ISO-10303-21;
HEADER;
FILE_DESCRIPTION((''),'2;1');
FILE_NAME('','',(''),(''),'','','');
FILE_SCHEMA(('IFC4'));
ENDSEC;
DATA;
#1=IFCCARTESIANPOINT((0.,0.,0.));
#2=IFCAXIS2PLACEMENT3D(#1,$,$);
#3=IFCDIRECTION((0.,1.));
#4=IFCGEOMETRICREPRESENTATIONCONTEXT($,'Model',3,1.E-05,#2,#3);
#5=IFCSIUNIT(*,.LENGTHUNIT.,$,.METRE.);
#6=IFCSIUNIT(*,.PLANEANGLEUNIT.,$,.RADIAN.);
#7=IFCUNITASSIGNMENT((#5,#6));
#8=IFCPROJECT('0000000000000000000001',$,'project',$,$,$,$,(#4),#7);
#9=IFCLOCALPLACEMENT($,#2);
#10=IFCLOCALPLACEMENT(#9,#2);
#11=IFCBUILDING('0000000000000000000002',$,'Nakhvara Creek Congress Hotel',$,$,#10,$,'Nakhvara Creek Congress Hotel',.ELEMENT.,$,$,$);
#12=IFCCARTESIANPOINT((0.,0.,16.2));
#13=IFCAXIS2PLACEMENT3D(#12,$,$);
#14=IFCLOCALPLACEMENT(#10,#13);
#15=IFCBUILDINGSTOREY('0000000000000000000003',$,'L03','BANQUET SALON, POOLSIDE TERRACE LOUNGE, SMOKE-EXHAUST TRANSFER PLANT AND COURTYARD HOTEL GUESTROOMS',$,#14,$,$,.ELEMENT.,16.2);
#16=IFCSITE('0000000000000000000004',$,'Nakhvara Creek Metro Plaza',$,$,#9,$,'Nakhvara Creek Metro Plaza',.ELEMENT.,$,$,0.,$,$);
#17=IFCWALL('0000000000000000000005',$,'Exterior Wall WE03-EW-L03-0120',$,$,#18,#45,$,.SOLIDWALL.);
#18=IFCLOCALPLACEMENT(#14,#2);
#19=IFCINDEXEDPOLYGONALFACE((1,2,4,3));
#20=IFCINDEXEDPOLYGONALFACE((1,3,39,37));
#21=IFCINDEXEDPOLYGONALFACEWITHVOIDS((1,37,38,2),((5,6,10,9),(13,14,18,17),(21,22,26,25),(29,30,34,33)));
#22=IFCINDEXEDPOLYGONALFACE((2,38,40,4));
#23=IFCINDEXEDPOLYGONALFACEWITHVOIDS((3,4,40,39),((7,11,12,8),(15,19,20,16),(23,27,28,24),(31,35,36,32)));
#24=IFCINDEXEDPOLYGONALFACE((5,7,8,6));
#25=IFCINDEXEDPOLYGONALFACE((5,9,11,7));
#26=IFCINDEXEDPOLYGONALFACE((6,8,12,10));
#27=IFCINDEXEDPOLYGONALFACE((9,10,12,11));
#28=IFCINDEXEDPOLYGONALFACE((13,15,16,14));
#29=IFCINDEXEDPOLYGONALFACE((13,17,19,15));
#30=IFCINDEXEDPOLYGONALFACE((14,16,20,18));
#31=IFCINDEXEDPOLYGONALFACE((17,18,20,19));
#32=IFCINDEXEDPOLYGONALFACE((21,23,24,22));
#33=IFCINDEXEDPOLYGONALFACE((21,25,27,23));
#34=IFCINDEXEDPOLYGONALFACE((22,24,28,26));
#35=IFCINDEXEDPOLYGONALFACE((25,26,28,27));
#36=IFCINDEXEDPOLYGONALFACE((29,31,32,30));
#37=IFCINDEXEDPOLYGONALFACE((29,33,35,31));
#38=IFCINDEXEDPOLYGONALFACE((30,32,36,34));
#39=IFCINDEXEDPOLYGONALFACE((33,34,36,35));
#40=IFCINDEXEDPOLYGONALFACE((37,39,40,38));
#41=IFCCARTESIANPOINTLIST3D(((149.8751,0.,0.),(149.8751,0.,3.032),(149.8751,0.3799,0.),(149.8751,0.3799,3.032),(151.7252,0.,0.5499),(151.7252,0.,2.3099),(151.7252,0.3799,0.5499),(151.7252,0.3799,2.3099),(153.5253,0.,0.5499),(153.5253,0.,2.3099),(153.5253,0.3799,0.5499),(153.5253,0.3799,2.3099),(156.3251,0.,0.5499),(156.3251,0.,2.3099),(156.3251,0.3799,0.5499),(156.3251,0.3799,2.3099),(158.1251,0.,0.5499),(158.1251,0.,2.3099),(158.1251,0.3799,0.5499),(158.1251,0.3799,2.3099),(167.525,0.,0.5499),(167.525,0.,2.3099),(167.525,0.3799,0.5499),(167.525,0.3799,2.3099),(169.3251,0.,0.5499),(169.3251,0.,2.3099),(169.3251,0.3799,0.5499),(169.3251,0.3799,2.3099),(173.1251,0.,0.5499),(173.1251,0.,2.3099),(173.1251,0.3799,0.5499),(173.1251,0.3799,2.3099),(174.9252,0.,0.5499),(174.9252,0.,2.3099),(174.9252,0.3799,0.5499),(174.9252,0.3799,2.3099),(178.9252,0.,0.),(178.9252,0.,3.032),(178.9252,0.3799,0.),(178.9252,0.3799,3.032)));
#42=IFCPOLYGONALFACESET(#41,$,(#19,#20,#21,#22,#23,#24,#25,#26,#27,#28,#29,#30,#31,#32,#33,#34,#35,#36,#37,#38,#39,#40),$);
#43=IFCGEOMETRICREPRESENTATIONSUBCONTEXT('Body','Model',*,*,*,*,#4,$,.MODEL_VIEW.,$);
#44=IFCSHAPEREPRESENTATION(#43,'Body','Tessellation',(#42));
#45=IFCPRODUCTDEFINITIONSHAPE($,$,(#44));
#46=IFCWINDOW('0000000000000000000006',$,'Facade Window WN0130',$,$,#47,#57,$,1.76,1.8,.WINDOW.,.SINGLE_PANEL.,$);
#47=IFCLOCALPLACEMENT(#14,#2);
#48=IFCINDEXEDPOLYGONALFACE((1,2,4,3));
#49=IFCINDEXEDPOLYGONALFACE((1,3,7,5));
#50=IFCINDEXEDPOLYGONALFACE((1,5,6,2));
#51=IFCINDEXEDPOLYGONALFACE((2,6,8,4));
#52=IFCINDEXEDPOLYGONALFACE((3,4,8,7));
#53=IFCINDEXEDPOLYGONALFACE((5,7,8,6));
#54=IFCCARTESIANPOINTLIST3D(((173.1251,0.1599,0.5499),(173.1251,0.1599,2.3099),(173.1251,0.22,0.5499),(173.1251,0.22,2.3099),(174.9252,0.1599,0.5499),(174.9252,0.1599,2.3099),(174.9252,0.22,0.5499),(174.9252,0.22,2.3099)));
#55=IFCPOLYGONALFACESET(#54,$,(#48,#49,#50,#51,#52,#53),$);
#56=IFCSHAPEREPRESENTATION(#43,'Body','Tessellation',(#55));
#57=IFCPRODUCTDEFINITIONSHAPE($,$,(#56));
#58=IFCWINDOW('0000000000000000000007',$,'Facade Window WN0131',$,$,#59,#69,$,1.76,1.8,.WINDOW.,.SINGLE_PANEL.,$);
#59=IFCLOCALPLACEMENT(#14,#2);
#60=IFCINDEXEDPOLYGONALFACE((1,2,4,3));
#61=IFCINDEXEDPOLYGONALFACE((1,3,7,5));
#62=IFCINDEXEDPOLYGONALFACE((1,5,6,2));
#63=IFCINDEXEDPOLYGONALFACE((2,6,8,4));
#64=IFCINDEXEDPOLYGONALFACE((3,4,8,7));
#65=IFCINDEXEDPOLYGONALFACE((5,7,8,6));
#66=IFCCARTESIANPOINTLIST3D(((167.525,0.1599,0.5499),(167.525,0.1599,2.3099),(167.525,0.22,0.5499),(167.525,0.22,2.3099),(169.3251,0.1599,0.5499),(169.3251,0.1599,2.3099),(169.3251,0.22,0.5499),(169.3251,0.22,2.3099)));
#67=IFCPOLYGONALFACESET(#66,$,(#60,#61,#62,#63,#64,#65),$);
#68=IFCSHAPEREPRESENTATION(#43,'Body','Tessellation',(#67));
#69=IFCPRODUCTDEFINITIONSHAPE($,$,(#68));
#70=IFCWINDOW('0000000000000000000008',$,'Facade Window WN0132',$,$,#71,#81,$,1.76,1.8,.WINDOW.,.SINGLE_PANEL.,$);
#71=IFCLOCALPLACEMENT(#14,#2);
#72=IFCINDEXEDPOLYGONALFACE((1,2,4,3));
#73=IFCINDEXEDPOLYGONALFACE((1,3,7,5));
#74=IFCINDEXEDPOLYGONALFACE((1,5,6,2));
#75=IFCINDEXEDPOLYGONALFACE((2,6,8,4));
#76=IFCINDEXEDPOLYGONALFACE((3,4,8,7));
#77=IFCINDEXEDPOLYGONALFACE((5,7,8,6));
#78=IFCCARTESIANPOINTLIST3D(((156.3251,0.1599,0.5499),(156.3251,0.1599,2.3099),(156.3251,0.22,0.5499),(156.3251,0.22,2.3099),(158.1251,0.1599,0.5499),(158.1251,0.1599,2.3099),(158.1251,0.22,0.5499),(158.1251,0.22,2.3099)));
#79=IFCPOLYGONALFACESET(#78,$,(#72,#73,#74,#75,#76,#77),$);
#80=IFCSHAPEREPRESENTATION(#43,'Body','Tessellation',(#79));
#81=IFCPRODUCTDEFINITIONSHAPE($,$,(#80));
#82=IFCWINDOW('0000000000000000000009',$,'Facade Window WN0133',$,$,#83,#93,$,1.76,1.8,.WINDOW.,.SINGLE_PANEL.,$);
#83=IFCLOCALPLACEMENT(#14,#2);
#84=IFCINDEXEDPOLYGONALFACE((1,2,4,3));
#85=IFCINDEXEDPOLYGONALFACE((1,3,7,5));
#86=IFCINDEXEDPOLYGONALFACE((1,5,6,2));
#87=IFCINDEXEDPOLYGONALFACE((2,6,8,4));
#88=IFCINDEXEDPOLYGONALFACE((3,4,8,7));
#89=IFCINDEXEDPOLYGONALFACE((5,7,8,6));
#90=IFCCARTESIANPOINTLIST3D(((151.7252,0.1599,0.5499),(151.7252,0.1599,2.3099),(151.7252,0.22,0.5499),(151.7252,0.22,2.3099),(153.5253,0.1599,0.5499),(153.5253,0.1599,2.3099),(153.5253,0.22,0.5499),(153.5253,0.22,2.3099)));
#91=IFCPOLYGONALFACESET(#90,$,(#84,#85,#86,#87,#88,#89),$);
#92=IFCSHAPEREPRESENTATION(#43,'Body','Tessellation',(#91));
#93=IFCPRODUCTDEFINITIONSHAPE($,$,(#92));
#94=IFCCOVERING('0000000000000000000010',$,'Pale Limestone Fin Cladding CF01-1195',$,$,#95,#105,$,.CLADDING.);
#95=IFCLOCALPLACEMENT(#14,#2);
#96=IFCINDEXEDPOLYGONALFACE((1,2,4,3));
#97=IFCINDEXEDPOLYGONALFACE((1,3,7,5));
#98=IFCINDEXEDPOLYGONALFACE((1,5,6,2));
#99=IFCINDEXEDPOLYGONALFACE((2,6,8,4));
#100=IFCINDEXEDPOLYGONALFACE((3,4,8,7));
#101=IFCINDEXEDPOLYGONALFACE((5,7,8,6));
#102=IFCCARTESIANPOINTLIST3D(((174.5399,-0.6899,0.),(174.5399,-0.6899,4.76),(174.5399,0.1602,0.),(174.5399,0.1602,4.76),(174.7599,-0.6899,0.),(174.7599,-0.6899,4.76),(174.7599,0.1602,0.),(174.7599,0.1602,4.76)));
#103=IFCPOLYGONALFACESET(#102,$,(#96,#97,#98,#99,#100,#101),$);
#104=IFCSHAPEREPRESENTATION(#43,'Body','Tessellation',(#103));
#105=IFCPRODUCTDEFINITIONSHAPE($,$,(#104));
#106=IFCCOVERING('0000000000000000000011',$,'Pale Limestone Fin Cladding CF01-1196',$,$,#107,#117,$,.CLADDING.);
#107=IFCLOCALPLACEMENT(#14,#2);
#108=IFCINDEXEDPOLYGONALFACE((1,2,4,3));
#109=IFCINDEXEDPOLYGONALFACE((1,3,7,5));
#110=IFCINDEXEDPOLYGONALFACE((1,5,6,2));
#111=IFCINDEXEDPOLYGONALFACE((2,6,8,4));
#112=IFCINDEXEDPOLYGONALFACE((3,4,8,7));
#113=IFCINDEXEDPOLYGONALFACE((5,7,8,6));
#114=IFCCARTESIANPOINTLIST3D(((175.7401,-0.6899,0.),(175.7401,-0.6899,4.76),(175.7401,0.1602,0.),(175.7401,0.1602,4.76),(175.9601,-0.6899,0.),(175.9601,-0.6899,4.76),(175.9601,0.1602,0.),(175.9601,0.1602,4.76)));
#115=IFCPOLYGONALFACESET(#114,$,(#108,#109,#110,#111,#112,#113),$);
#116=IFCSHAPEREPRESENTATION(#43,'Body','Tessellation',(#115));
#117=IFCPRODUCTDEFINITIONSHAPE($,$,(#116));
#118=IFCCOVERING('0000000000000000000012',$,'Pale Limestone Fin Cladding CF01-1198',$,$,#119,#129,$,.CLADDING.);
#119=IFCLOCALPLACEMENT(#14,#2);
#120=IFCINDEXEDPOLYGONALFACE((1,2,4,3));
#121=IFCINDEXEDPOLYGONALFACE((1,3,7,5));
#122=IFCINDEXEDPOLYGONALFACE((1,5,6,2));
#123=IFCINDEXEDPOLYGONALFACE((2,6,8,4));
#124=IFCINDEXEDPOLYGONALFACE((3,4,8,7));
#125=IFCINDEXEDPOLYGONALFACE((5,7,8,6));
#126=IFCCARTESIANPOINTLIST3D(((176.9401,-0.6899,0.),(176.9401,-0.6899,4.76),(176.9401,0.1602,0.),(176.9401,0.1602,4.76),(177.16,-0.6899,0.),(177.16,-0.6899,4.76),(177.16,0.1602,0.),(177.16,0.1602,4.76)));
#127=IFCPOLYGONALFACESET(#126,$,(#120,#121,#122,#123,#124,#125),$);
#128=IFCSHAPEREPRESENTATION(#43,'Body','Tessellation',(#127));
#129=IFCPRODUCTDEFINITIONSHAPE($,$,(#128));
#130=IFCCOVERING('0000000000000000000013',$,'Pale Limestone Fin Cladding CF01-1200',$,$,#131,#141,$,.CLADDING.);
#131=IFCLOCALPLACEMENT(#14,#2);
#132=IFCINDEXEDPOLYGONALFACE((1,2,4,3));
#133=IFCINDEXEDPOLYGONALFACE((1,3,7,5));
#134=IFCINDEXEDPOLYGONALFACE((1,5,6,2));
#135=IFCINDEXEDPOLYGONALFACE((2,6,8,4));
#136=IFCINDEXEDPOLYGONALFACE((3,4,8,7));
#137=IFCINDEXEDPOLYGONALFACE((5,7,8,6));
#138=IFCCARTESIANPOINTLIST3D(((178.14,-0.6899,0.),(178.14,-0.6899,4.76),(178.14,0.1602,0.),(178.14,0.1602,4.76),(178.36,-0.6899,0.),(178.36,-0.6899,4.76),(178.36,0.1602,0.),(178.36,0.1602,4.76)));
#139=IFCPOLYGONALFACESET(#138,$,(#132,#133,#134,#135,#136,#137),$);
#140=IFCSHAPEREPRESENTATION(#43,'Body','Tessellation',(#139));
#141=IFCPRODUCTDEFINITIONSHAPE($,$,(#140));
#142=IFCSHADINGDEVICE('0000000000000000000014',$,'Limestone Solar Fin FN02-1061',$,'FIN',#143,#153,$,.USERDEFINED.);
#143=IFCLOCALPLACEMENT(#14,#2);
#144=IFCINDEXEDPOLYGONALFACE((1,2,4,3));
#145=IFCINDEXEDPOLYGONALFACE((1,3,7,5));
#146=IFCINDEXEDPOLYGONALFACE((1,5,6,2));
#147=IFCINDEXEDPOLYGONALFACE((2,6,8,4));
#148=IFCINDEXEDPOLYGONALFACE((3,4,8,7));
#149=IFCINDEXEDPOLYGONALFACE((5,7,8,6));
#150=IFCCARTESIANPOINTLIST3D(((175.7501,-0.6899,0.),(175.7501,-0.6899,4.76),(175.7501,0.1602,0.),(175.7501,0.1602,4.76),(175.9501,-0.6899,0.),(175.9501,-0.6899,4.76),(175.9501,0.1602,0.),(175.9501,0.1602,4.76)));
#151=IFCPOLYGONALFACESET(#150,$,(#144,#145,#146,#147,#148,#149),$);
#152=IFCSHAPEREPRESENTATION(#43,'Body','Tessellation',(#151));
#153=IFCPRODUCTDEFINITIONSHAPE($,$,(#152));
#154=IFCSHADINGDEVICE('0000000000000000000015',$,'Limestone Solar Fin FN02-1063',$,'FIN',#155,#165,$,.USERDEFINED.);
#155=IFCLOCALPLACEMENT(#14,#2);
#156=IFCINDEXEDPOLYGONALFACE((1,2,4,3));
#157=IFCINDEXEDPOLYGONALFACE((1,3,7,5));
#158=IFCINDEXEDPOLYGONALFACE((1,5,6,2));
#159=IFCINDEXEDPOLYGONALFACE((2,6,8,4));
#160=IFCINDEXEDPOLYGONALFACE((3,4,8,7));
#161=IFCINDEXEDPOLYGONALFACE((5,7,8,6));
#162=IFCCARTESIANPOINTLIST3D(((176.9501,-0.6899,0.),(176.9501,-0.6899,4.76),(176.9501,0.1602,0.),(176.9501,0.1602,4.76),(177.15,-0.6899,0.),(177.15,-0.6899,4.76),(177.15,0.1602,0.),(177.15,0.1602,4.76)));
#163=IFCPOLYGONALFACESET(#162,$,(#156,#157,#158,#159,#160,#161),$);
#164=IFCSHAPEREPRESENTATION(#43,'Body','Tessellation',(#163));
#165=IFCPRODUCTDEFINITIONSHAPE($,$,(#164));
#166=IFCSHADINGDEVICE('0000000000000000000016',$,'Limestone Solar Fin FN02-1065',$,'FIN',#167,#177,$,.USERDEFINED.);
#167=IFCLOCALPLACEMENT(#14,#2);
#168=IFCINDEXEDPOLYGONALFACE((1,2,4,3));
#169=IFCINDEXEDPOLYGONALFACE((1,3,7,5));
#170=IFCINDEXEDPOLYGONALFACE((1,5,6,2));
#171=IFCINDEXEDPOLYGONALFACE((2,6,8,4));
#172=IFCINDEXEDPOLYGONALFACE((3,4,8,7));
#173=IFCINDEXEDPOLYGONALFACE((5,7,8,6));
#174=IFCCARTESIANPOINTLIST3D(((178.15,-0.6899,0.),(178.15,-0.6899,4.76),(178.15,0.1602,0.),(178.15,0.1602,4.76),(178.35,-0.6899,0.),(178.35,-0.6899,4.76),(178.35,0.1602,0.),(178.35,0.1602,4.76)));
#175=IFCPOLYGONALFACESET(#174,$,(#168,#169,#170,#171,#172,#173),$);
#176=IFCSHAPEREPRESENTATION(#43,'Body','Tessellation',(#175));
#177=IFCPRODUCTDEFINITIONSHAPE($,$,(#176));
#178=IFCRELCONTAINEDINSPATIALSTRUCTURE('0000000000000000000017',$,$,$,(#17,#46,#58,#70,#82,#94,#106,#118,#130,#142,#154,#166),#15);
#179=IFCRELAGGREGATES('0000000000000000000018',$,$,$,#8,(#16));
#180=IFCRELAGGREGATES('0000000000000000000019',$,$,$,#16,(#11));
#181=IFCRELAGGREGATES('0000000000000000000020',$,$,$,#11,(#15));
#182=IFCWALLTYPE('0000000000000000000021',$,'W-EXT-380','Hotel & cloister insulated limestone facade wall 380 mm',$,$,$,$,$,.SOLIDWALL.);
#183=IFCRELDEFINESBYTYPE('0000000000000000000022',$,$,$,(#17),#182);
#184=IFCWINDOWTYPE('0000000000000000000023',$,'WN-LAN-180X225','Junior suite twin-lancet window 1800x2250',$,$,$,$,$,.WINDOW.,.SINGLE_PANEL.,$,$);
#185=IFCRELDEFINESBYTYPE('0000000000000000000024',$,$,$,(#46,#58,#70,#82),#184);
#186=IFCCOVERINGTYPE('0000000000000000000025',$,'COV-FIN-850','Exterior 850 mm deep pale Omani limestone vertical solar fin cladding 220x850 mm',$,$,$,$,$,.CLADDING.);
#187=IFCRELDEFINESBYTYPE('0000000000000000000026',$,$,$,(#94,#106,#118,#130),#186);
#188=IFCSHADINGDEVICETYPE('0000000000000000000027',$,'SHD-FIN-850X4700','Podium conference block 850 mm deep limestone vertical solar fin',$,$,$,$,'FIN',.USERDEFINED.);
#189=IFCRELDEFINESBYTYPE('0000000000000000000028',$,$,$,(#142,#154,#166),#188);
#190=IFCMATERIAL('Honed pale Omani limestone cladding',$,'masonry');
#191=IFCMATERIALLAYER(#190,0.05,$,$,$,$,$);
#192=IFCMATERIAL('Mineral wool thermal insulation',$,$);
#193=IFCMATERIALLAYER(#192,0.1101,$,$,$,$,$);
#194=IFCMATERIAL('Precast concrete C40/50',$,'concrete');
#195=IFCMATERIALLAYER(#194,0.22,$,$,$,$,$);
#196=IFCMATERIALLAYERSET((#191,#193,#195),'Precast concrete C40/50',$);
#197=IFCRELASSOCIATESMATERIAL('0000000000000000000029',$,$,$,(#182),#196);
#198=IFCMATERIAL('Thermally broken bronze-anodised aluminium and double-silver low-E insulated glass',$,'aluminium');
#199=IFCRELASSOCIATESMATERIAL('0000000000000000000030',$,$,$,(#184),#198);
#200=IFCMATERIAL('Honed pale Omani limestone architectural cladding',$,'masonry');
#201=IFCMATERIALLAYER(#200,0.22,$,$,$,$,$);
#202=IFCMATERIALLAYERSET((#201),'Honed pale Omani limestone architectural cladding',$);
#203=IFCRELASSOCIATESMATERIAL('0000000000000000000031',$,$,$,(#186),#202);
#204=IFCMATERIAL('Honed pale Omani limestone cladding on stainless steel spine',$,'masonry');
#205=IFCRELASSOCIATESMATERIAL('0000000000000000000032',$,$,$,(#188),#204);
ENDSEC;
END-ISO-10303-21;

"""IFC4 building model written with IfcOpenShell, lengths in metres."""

from ifc_helpers import new_model, si_unit, direction, frame, frame_2d, origin, origin_2d, place, context, subcontext, project, spatial, rectangle, extrude, material, layer, layer_set, type_object, element, fill, save


model = new_model("IFC4")

# Units and contexts
model_context = context("Model", 3, precision=1e-05, world=origin(), true_north=direction((0.0, 1.0)))
body_context = subcontext(model_context, "Body", "Model", "MODEL_VIEW")
ifc_project = project(units=[si_unit("LENGTHUNIT", "METRE"), si_unit("PLANEANGLEUNIT", "RADIAN")], contexts=[model_context])

# Site, building, storey
site_placement = place(None, origin())
site = spatial("IfcSite", under=ifc_project, at=site_placement, Name="Nakhvara Creek Metro Plaza", LongName="Nakhvara Creek Metro Plaza", CompositionType="ELEMENT", RefElevation=0.0)
building_placement = place(site_placement, origin())
building = spatial("IfcBuilding", under=site, at=building_placement, Name="Nakhvara Creek Congress Hotel", LongName="Nakhvara Creek Congress Hotel", CompositionType="ELEMENT")
storey_placement = place(building_placement, frame((0.0, 0.0, 16.2)))
storey = spatial("IfcBuildingStorey", under=building, at=storey_placement, Name="L03", Description="BANQUET SALON, POOLSIDE TERRACE LOUNGE, SMOKE-EXHAUST TRANSFER PLANT AND COURTYARD HOTEL GUESTROOMS", CompositionType="ELEMENT", Elevation=16.2)

# Wall, openings, windows
ifc_material_1 = material(Name="Honed pale Omani limestone cladding", Category="masonry")
ifc_layer_1 = layer(ifc_material_1, 0.05)
ifc_material_2 = material(Name="Mineral wool thermal insulation")
ifc_layer_2 = layer(ifc_material_2, 0.1101)
ifc_material_3 = material(Name="Precast concrete C40/50", Category="concrete")
ifc_layer_3 = layer(ifc_material_3, 0.22)
ifc_layer_set_1 = layer_set([ifc_layer_1, ifc_layer_2, ifc_layer_3], Name="Precast concrete C40/50")
wall_type = type_object("IfcWallType", Name="W-EXT-380", Description="Hotel & cloister insulated limestone facade wall 380 mm", PredefinedType="SOLIDWALL", material=ifc_layer_set_1)
wall_placement = place(storey_placement, frame((178.925, 0.1899, 0.0), z_axis=(0.0, 0.0, 1.0), x_axis=(-1.0, 0.0, 0.0)))
wall = element("IfcWall", 1, at=wall_placement, inside=storey, type_object=wall_type, Name="Exterior Wall WE03-EW-L03-0120", PredefinedType="SOLIDWALL", context=body_context, shape_type="SweptSolid", body=[
    extrude(rectangle(XDim=29.05, YDim=0.3799, at=frame_2d((14.5249, 0.0))), origin(), (0.0, 0.0, 1.0), 3.032),
])
opening_1_placement = place(wall_placement, frame((4.0, 0.0, 0.55)))
opening_1 = element("IfcOpeningElement", 2, at=opening_1_placement, cuts=wall, PredefinedType="OPENING", context=body_context, shape_type="SweptSolid", body=[
    extrude(rectangle(XDim=1.8, YDim=1.76, at=frame_2d((0.8999, 0.8799))), frame((0.0, 0.2019, 0.0), z_axis=(0.0, -1.0, 0.0), x_axis=(1.0, 0.0, 0.0)), (0.0, 0.0, 1.0), 0.4038),
])
opening_2_placement = place(wall_placement, frame((9.6001, 0.0, 0.55)))
opening_2 = element("IfcOpeningElement", 3, at=opening_2_placement, cuts=wall, PredefinedType="OPENING", context=body_context, shape_type="SweptSolid", body=[
    extrude(rectangle(XDim=1.8, YDim=1.76, at=frame_2d((0.8999, 0.8799))), frame((0.0, 0.2019, 0.0), z_axis=(0.0, -1.0, 0.0), x_axis=(1.0, 0.0, 0.0)), (0.0, 0.0, 1.0), 0.4038),
])
opening_3_placement = place(wall_placement, frame((20.8, 0.0, 0.55)))
opening_3 = element("IfcOpeningElement", 4, at=opening_3_placement, cuts=wall, PredefinedType="OPENING", context=body_context, shape_type="SweptSolid", body=[
    extrude(rectangle(XDim=1.8, YDim=1.76, at=frame_2d((0.8999, 0.8799))), frame((0.0, 0.2019, 0.0), z_axis=(0.0, -1.0, 0.0), x_axis=(1.0, 0.0, 0.0)), (0.0, 0.0, 1.0), 0.4038),
])
opening_4_placement = place(wall_placement, frame((25.3999, 0.0, 0.55)))
opening_4 = element("IfcOpeningElement", 5, at=opening_4_placement, cuts=wall, PredefinedType="OPENING", context=body_context, shape_type="SweptSolid", body=[
    extrude(rectangle(XDim=1.8, YDim=1.76, at=frame_2d((0.8999, 0.8799))), frame((0.0, 0.2019, 0.0), z_axis=(0.0, -1.0, 0.0), x_axis=(1.0, 0.0, 0.0)), (0.0, 0.0, 1.0), 0.4038),
])
ifc_material_4 = material(Name="Thermally broken bronze-anodised aluminium and double-silver low-E insulated glass", Category="aluminium")
window_type = type_object("IfcWindowType", Name="WN-LAN-180X225", Description="Junior suite twin-lancet window 1800x2250", PartitioningType="SINGLE_PANEL", PredefinedType="WINDOW", material=ifc_material_4)
window_1_placement = place(opening_1_placement, origin())
window_1 = element("IfcWindow", 6, at=window_1_placement, inside=storey, type_object=window_type, Name="Facade Window WN0130", OverallHeight=1.76, OverallWidth=1.8, PartitioningType="SINGLE_PANEL", PredefinedType="WINDOW", context=body_context, shape_type="SweptSolid", body=[
    extrude(rectangle(XDim=1.8, YDim=1.76, at=frame_2d((0.8999, 0.8799))), frame((0.0, 0.03, 0.0), z_axis=(0.0, -1.0, 0.0), x_axis=(1.0, 0.0, 0.0)), (0.0, 0.0, 1.0), 0.0601),
])
fill(opening_1, window_1)
window_2_placement = place(opening_2_placement, origin())
window_2 = element("IfcWindow", 7, at=window_2_placement, inside=storey, type_object=window_type, Name="Facade Window WN0131", OverallHeight=1.76, OverallWidth=1.8, PartitioningType="SINGLE_PANEL", PredefinedType="WINDOW", context=body_context, shape_type="SweptSolid", body=[
    extrude(rectangle(XDim=1.8, YDim=1.76, at=frame_2d((0.8999, 0.8799))), frame((0.0, 0.03, 0.0), z_axis=(0.0, -1.0, 0.0), x_axis=(1.0, 0.0, 0.0)), (0.0, 0.0, 1.0), 0.0601),
])
fill(opening_2, window_2)
window_3_placement = place(opening_3_placement, origin())
window_3 = element("IfcWindow", 8, at=window_3_placement, inside=storey, type_object=window_type, Name="Facade Window WN0132", OverallHeight=1.76, OverallWidth=1.8, PartitioningType="SINGLE_PANEL", PredefinedType="WINDOW", context=body_context, shape_type="SweptSolid", body=[
    extrude(rectangle(XDim=1.8, YDim=1.76, at=frame_2d((0.8999, 0.8799))), frame((0.0, 0.03, 0.0), z_axis=(0.0, -1.0, 0.0), x_axis=(1.0, 0.0, 0.0)), (0.0, 0.0, 1.0), 0.0601),
])
fill(opening_3, window_3)
window_4_placement = place(opening_4_placement, origin())
window_4 = element("IfcWindow", 9, at=window_4_placement, inside=storey, type_object=window_type, Name="Facade Window WN0133", OverallHeight=1.76, OverallWidth=1.8, PartitioningType="SINGLE_PANEL", PredefinedType="WINDOW", context=body_context, shape_type="SweptSolid", body=[
    extrude(rectangle(XDim=1.8, YDim=1.76, at=frame_2d((0.8999, 0.8799))), frame((0.0, 0.03, 0.0), z_axis=(0.0, -1.0, 0.0), x_axis=(1.0, 0.0, 0.0)), (0.0, 0.0, 1.0), 0.0601),
])
fill(opening_4, window_4)

# Coverings
ifc_material_5 = material(Name="Honed pale Omani limestone architectural cladding", Category="masonry")
ifc_layer_4 = layer(ifc_material_5, 0.22)
ifc_layer_set_2 = layer_set([ifc_layer_4], Name="Honed pale Omani limestone architectural cladding")
covering_type = type_object("IfcCoveringType", Name="COV-FIN-850", Description="Exterior 850 mm deep pale Omani limestone vertical solar fin cladding 220x850 mm", PredefinedType="CLADDING", material=ifc_layer_set_2)
for number, where, z_axis, x_axis, name in (
    (10, (174.6499, -0.2649, 0.0), (0.0, 0.0, 1.0), (1.0, 0.0, 0.0), "Pale Limestone Fin Cladding CF01-1195"),
    (11, (175.8501, -0.2649, 0.0), (0.0, 0.0, 1.0), (1.0, 0.0, 0.0), "Pale Limestone Fin Cladding CF01-1196"),
    (12, (177.05, -0.2649, 0.0), (0.0, 0.0, 1.0), (1.0, 0.0, 0.0), "Pale Limestone Fin Cladding CF01-1198"),
    (13, (178.25, -0.2649, 0.0), (0.0, 0.0, 1.0), (1.0, 0.0, 0.0), "Pale Limestone Fin Cladding CF01-1200"),
):
    element("IfcCovering", number, at=place(storey_placement, frame(where, z_axis=z_axis, x_axis=x_axis)), inside=storey, type_object=covering_type, Name=name, PredefinedType="CLADDING", context=body_context, shape_type="SweptSolid", body=[
        extrude(rectangle(XDim=0.22, YDim=0.8501, at=origin_2d()), origin(), (0.0, 0.0, 1.0), 4.76),
    ])

# Shading devices
ifc_material_6 = material(Name="Honed pale Omani limestone cladding on stainless steel spine", Category="masonry")
shading_device_type = type_object("IfcShadingDeviceType", Name="SHD-FIN-850X4700", Description="Podium conference block 850 mm deep limestone vertical solar fin", ElementType="FIN", PredefinedType="USERDEFINED", material=ifc_material_6)
for number, where, z_axis, x_axis, name in (
    (14, (175.8501, -0.2649, 0.0), (0.0, 0.0, 1.0), (1.0, 0.0, 0.0), "Limestone Solar Fin FN02-1061"),
    (15, (177.05, -0.2649, 0.0), (0.0, 0.0, 1.0), (1.0, 0.0, 0.0), "Limestone Solar Fin FN02-1063"),
    (16, (178.25, -0.2649, 0.0), (0.0, 0.0, 1.0), (1.0, 0.0, 0.0), "Limestone Solar Fin FN02-1065"),
):
    element("IfcShadingDevice", number, at=place(storey_placement, frame(where, z_axis=z_axis, x_axis=x_axis)), inside=storey, type_object=shading_device_type, Name=name, ObjectType="FIN", PredefinedType="USERDEFINED", context=body_context, shape_type="SweptSolid", body=[
        extrude(rectangle(XDim=0.2, YDim=0.8501, at=origin_2d()), origin(), (0.0, 0.0, 1.0), 4.76),
    ])

save(model, "model.ifc")
